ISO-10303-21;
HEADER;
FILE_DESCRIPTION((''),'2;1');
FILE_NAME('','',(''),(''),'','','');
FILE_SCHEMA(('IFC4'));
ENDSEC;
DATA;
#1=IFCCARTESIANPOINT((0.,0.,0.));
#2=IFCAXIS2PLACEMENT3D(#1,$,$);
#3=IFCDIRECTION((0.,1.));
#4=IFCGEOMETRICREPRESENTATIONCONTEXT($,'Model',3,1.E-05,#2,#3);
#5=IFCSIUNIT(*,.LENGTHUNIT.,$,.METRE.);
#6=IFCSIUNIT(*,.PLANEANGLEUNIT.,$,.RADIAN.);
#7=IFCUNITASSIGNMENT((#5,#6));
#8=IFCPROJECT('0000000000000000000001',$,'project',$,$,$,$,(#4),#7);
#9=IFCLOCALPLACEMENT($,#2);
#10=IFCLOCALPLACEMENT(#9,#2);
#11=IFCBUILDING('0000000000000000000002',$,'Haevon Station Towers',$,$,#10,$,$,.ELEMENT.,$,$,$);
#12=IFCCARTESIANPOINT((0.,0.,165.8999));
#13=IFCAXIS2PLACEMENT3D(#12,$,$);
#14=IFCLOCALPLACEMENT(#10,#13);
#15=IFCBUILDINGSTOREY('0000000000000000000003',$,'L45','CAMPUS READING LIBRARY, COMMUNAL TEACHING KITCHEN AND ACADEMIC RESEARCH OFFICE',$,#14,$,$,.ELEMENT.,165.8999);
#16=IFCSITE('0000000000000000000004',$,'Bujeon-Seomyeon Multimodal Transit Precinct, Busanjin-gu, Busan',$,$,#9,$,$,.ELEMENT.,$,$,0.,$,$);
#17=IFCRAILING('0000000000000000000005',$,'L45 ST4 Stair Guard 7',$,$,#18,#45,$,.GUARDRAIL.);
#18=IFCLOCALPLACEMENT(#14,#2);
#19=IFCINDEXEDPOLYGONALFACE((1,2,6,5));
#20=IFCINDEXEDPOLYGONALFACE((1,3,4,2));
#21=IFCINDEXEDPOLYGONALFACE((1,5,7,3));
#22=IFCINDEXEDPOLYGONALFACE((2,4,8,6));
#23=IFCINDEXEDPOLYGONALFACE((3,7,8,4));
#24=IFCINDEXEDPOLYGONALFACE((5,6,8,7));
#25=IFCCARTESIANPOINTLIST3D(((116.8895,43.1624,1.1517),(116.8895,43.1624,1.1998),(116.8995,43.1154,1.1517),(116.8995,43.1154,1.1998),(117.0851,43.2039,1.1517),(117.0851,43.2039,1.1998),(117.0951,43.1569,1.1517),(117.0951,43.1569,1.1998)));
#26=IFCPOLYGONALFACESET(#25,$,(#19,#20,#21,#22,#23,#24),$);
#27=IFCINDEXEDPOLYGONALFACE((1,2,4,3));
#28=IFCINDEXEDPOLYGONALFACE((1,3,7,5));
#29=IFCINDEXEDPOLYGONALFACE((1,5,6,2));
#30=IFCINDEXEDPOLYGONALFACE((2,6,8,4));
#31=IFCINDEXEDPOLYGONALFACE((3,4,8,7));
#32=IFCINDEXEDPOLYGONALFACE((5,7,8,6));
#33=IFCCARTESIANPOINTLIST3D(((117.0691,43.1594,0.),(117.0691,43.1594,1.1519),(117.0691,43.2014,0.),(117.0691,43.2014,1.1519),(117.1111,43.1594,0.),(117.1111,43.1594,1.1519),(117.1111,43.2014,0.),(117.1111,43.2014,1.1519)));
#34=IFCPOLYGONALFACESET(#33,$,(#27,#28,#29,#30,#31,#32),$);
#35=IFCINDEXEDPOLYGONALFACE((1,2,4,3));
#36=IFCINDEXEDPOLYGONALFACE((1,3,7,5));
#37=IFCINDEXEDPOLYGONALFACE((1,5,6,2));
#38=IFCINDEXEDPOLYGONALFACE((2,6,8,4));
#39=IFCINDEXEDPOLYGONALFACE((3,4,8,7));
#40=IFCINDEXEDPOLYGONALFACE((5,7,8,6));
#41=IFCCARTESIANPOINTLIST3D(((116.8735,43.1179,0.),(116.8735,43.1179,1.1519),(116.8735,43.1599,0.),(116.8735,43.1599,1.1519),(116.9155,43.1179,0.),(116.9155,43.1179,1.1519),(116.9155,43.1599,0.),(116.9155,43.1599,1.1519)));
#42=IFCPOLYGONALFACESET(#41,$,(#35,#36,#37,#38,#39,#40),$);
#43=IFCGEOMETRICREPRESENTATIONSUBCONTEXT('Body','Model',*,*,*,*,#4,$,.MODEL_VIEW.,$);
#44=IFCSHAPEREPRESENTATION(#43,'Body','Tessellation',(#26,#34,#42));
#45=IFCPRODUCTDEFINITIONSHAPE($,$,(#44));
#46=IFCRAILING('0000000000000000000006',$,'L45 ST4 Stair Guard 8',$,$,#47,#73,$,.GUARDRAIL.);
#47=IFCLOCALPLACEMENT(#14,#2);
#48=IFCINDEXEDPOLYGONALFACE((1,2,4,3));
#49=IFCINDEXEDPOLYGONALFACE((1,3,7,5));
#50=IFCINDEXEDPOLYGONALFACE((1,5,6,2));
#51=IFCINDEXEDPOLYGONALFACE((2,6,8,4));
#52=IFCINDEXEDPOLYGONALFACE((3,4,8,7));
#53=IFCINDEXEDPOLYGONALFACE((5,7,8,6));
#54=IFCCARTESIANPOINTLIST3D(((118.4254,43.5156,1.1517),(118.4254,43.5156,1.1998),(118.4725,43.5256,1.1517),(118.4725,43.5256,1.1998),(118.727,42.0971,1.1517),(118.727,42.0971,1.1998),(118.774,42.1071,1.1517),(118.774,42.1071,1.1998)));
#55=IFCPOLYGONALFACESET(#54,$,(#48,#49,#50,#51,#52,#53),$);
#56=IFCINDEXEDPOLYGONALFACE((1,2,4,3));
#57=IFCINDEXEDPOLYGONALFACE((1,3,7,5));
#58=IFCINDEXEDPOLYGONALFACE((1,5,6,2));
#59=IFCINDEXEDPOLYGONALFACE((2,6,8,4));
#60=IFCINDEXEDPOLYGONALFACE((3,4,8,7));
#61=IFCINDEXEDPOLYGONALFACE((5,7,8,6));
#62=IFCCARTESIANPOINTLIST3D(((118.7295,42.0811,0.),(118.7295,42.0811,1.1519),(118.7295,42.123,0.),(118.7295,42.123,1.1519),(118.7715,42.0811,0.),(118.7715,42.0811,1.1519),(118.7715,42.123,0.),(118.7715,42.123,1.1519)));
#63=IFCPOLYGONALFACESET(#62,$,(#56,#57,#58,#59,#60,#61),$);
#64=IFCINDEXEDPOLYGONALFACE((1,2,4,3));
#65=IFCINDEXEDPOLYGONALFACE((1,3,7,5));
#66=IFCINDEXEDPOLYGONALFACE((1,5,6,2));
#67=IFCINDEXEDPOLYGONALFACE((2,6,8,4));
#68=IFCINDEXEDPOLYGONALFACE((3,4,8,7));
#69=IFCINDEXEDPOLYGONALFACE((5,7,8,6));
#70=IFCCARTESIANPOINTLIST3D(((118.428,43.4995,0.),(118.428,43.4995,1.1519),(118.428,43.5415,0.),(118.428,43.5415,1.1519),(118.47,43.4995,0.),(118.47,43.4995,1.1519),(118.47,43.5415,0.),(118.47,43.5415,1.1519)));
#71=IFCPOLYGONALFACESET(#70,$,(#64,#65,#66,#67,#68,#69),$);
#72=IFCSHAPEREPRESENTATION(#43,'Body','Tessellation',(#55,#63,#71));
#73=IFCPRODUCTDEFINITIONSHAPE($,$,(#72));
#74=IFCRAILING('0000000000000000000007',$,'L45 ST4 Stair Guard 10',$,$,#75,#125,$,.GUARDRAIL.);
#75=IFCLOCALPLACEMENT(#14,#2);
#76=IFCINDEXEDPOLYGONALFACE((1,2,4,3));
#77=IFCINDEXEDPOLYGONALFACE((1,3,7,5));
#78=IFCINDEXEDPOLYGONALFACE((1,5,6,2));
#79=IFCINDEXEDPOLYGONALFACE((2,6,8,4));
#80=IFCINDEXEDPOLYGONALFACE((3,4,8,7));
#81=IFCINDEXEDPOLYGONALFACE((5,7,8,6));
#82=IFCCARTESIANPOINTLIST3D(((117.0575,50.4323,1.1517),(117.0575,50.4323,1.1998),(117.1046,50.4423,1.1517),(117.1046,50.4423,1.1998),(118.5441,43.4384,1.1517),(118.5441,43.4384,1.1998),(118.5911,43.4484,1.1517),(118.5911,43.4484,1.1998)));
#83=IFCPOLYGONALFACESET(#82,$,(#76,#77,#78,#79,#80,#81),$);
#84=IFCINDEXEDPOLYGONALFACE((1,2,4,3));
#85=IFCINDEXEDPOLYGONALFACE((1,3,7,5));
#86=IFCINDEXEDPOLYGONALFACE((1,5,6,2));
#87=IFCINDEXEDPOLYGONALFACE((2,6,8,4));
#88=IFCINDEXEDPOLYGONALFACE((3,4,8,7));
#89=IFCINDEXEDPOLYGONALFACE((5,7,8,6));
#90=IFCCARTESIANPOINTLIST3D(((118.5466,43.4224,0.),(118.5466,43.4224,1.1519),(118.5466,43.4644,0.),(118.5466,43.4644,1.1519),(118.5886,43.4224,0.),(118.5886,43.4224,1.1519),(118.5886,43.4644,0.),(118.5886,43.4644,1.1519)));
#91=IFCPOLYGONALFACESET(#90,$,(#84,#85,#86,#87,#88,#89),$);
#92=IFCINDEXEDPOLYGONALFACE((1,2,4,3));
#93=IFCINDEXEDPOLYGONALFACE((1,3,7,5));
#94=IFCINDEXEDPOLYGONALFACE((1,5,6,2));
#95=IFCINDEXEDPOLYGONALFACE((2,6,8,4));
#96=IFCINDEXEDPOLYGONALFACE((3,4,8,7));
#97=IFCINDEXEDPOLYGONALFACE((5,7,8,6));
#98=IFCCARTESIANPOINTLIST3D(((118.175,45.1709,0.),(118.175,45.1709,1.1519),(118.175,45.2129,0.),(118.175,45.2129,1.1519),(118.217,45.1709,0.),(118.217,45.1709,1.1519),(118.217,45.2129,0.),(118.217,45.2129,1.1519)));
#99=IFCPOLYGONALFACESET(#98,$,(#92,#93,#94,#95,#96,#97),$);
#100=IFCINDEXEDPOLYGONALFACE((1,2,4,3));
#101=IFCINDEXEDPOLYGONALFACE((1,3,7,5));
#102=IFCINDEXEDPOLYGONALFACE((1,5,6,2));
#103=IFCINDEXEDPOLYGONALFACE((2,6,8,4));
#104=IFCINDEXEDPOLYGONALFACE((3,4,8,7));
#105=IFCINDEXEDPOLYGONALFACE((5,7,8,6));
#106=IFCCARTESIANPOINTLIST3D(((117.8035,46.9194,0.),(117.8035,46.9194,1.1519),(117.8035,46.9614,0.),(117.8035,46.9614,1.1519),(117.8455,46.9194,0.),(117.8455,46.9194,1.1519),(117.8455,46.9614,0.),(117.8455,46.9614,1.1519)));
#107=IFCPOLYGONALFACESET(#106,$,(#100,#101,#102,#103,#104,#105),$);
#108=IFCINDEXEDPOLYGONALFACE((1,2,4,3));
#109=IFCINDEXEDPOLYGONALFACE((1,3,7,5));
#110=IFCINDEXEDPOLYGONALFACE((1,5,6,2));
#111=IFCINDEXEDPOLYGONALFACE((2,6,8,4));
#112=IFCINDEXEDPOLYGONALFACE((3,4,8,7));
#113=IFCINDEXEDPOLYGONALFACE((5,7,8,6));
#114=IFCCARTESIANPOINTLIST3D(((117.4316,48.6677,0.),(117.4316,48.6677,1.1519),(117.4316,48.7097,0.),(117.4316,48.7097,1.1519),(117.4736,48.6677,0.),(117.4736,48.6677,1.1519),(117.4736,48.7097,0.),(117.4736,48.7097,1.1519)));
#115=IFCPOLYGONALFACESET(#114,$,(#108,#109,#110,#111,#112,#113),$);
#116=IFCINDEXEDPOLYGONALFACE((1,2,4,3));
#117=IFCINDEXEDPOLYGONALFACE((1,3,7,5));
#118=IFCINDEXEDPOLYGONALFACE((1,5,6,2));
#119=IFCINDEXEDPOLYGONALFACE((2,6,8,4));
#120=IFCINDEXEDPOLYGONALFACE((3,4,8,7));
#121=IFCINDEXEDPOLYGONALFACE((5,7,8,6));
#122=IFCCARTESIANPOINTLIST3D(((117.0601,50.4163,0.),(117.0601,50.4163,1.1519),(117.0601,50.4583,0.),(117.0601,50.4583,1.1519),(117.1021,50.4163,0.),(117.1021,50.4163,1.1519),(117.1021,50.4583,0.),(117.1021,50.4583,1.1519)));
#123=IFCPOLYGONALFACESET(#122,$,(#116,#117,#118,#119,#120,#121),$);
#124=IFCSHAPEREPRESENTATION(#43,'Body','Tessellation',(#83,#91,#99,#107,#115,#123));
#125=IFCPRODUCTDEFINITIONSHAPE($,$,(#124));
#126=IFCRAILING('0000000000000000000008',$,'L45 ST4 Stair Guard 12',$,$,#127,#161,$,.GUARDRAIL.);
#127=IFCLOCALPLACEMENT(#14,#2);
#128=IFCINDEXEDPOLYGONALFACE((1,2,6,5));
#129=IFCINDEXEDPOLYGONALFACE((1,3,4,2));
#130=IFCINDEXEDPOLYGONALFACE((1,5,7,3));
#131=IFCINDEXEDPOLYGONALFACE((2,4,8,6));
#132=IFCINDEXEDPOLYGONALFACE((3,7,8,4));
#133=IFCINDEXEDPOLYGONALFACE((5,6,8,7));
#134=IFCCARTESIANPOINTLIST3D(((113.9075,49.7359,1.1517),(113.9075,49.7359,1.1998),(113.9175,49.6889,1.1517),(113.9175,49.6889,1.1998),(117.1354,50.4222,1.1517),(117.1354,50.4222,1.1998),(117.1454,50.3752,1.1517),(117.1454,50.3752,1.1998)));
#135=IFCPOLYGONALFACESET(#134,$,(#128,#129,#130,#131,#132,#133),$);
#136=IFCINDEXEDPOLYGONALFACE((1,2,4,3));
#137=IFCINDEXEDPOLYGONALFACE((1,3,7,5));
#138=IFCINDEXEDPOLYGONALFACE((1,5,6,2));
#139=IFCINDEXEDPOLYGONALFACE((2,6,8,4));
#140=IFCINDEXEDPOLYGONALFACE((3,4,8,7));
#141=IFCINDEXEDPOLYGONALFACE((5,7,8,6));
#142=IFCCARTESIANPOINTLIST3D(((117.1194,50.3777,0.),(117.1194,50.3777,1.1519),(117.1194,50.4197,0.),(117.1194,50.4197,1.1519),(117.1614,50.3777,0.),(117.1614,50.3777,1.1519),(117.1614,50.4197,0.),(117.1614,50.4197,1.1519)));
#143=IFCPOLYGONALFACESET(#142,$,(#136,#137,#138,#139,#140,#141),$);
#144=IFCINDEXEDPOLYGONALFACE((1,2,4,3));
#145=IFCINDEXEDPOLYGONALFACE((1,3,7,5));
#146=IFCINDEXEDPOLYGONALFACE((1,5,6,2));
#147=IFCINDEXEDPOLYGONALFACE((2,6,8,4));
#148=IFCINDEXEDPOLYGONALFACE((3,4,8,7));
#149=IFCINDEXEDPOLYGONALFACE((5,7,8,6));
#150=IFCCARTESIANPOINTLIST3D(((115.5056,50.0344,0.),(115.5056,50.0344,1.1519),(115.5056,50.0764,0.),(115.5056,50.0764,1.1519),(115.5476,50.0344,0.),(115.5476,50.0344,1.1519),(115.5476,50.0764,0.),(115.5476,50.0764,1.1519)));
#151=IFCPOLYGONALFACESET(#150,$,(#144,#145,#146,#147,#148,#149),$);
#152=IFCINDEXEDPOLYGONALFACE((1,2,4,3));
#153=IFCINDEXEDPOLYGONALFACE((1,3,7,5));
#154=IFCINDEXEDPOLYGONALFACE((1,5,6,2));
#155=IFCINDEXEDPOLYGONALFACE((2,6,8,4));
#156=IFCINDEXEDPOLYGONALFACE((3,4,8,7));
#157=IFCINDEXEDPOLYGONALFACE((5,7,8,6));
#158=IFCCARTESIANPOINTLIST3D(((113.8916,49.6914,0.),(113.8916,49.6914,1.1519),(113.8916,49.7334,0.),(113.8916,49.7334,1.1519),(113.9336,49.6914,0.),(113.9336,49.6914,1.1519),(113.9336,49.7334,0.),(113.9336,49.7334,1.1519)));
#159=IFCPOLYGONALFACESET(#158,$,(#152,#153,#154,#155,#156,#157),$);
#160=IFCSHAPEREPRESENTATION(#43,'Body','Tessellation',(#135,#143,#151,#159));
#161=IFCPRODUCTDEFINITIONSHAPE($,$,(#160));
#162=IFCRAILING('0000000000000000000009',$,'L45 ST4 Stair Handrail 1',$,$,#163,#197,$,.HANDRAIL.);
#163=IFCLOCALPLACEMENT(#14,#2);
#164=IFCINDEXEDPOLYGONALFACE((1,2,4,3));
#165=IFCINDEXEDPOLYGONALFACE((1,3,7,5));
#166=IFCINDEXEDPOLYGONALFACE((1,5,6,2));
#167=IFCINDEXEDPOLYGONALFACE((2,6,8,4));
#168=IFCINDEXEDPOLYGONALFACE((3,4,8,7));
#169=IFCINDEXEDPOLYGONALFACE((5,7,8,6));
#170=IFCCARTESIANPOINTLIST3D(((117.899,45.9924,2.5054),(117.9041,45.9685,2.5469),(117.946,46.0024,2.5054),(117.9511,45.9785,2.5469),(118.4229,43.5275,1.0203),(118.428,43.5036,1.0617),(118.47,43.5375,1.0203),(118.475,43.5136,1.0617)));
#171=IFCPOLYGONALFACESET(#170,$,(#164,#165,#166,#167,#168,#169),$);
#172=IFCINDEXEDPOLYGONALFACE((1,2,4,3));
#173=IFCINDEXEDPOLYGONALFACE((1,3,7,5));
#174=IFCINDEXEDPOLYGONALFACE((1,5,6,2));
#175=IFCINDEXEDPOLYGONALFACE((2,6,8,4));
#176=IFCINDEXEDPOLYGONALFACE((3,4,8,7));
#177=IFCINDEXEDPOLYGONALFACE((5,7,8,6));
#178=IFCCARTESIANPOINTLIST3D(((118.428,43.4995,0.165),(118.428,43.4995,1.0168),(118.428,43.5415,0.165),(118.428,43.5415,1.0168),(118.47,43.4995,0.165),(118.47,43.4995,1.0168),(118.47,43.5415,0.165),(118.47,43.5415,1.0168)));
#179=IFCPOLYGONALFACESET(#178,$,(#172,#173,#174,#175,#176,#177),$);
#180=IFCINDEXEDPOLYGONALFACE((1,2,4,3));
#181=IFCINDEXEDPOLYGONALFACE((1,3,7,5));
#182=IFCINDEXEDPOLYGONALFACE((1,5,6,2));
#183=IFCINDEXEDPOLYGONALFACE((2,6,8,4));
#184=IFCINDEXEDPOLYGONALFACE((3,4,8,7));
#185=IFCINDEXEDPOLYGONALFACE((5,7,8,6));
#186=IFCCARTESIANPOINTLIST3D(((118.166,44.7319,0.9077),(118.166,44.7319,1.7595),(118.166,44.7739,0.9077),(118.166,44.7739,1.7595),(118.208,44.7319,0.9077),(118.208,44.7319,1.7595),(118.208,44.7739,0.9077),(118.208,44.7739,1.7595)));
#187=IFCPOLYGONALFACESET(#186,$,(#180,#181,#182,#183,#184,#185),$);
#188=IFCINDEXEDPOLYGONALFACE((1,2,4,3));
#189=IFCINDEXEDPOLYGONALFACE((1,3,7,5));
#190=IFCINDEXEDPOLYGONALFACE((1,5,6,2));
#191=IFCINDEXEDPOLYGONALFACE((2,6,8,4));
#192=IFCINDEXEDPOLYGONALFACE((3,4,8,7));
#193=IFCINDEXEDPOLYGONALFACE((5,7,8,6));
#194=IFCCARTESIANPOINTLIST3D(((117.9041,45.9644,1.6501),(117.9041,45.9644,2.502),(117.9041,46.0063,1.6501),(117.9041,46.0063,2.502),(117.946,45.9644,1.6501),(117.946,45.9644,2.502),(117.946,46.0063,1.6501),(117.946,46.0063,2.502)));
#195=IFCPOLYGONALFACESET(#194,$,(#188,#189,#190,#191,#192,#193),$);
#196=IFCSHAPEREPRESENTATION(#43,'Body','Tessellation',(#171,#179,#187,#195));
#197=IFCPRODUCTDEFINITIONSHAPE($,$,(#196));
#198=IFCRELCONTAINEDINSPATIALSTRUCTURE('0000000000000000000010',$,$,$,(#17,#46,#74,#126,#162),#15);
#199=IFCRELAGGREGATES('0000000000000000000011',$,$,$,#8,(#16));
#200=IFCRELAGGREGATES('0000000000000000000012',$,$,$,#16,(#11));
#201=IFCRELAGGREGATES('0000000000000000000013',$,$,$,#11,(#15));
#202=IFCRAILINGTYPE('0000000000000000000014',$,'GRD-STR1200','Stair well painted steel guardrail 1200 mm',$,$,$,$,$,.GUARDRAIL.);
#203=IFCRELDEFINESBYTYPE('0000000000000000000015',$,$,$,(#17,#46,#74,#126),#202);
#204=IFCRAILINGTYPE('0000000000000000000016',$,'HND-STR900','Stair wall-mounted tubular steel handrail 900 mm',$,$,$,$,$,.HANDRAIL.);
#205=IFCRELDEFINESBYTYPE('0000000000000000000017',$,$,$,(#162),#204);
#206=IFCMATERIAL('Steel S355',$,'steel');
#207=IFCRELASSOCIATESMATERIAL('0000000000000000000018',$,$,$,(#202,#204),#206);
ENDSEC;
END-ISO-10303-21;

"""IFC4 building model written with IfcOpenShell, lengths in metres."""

from ifc_helpers import new_model, si_unit, direction, frame, origin, origin_2d, place, context, subcontext, project, spatial, rectangle, extrude, material, type_object, element, save


model = new_model("IFC4")

# Units and contexts
model_context = context("Model", 3, precision=1e-05, world=origin(), true_north=direction((0.0, 1.0)))
body_context = subcontext(model_context, "Body", "Model", "MODEL_VIEW")
ifc_project = project(units=[si_unit("LENGTHUNIT", "METRE"), si_unit("PLANEANGLEUNIT", "RADIAN")], contexts=[model_context])

# Site, building, storey
site_placement = place(None, origin())
site = spatial("IfcSite", under=ifc_project, at=site_placement, Name="Bujeon-Seomyeon Multimodal Transit Precinct, Busanjin-gu, Busan", CompositionType="ELEMENT", RefElevation=0.0)
building_placement = place(site_placement, origin())
building = spatial("IfcBuilding", under=site, at=building_placement, Name="Haevon Station Towers", CompositionType="ELEMENT")
storey_placement = place(building_placement, frame((0.0, 0.0, 165.8999)))
storey = spatial("IfcBuildingStorey", under=building, at=storey_placement, Name="L45", Description="CAMPUS READING LIBRARY, COMMUNAL TEACHING KITCHEN AND ACADEMIC RESEARCH OFFICE", CompositionType="ELEMENT", Elevation=165.8999)

# Shared definitions
ifc_material_1 = material(Name="Steel S355", Category="steel")

# Railings
railing_type_1 = type_object("IfcRailingType", Name="GRD-STR1200", Description="Stair well painted steel guardrail 1200 mm", PredefinedType="GUARDRAIL", material=ifc_material_1)
railing_1_placement = place(storey_placement, frame((117.0901, 43.1804, 0.0)))
element("IfcRailing", 1, at=railing_1_placement, inside=storey, type_object=railing_type_1, Name="L45 ST4 Stair Guard 7", PredefinedType="GUARDRAIL", context=body_context, shape_type="SweptSolid", body=[
    extrude(rectangle(XDim=0.0481, YDim=0.0481, at=origin_2d()), frame((0.0, 0.0, 1.1758), z_axis=(-0.978212, -0.20761, 0.0), x_axis=(0.20761, -0.978212, 0.0)), (0.0, 0.0, 1.0), 0.2),
    extrude(rectangle(XDim=0.042, YDim=0.042, at=origin_2d()), origin(), (0.0, 0.0, 1.0), 1.1519),
    extrude(rectangle(XDim=0.042, YDim=0.042, at=origin_2d()), frame((-0.1956, -0.0415, 0.0)), (0.0, 0.0, 1.0), 1.1519),
])
railing_2_placement = place(storey_placement, frame((118.7505, 42.1021, 0.0)))
element("IfcRailing", 2, at=railing_2_placement, inside=storey, type_object=railing_type_1, Name="L45 ST4 Stair Guard 8", PredefinedType="GUARDRAIL", context=body_context, shape_type="SweptSolid", body=[
    extrude(rectangle(XDim=0.0481, YDim=0.0481, at=origin_2d()), frame((0.0, 0.0, 1.1758), z_axis=(-0.207919, 0.978146, 0.0), x_axis=(-0.978146, -0.207919, 0.0)), (0.0, 0.0, 1.0), 1.4502),
    extrude(rectangle(XDim=0.042, YDim=0.042, at=origin_2d()), origin(), (0.0, 0.0, 1.0), 1.1519),
    extrude(rectangle(XDim=0.042, YDim=0.042, at=origin_2d()), frame((-0.3015, 1.4185, 0.0)), (0.0, 0.0, 1.0), 1.1519),
])
railing_3_placement = place(storey_placement, frame((118.5676, 43.4434, 0.0)))
element("IfcRailing", 3, at=railing_3_placement, inside=storey, type_object=railing_type_1, Name="L45 ST4 Stair Guard 10", PredefinedType="GUARDRAIL", context=body_context, shape_type="SweptSolid", body=[
    extrude(rectangle(XDim=0.0481, YDim=0.0481, at=origin_2d()), frame((0.0, 0.0, 1.1758), z_axis=(-0.207908, 0.978148, 0.0), x_axis=(-0.978148, -0.207908, 0.0)), (0.0, 0.0, 1.0), 7.1501),
    extrude(rectangle(XDim=0.042, YDim=0.042, at=origin_2d()), origin(), (0.0, 0.0, 1.0), 1.1519),
    extrude(rectangle(XDim=0.042, YDim=0.042, at=origin_2d()), frame((-0.3716, 1.7485, 0.0)), (0.0, 0.0, 1.0), 1.1519),
    extrude(rectangle(XDim=0.042, YDim=0.042, at=origin_2d()), frame((-0.7432, 3.4971, 0.0)), (0.0, 0.0, 1.0), 1.1519),
    extrude(rectangle(XDim=0.042, YDim=0.042, at=origin_2d()), frame((-1.115, 5.2454, 0.0)), (0.0, 0.0, 1.0), 1.1519),
    extrude(rectangle(XDim=0.042, YDim=0.042, at=origin_2d()), frame((-1.4866, 6.9939, 0.0)), (0.0, 0.0, 1.0), 1.1519),
])
railing_4_placement = place(storey_placement, frame((117.1404, 50.3987, 0.0)))
element("IfcRailing", 4, at=railing_4_placement, inside=storey, type_object=railing_type_1, Name="L45 ST4 Stair Guard 12", PredefinedType="GUARDRAIL", context=body_context, shape_type="SweptSolid", body=[
    extrude(rectangle(XDim=0.0481, YDim=0.0481, at=origin_2d()), frame((0.0, 0.0, 1.1758), z_axis=(-0.978136, -0.207968, 0.0), x_axis=(0.207968, -0.978136, 0.0)), (0.0, 0.0, 1.0), 3.3),
    extrude(rectangle(XDim=0.042, YDim=0.042, at=origin_2d()), origin(), (0.0, 0.0, 1.0), 1.1519),
    extrude(rectangle(XDim=0.042, YDim=0.042, at=origin_2d()), frame((-1.6138, -0.3433, 0.0)), (0.0, 0.0, 1.0), 1.1519),
    extrude(rectangle(XDim=0.042, YDim=0.042, at=origin_2d()), frame((-3.2278, -0.6863, 0.0)), (0.0, 0.0, 1.0), 1.1519),
])
railing_type_2 = type_object("IfcRailingType", Name="HND-STR900", Description="Stair wall-mounted tubular steel handrail 900 mm", PredefinedType="HANDRAIL", material=ifc_material_1)
railing_5_placement = place(storey_placement, frame((118.449, 43.5205, 0.165)))
element("IfcRailing", 5, at=railing_5_placement, inside=storey, type_object=railing_type_2, Name="L45 ST4 Stair Handrail 1", PredefinedType="HANDRAIL", context=body_context, shape_type="SweptSolid", body=[
    extrude(rectangle(XDim=0.0481, YDim=0.0481, at=origin_2d()), frame((0.0, 0.0, 0.876), z_axis=(-0.179121, 0.842688, 0.507733), x_axis=(-0.978147, -0.207914, 0.0)), (0.0, 0.0, 1.0), 2.925),
    extrude(rectangle(XDim=0.042, YDim=0.042, at=origin_2d()), origin(), (0.0, 0.0, 1.0), 0.8518),
    extrude(rectangle(XDim=0.042, YDim=0.042, at=origin_2d()), frame((-0.262, 1.2324, 0.7427)), (0.0, 0.0, 1.0), 0.8518),
    extrude(rectangle(XDim=0.042, YDim=0.042, at=origin_2d()), frame((-0.5239, 2.4648, 1.4851)), (0.0, 0.0, 1.0), 0.8518),
])

save(model, "model.ifc")
